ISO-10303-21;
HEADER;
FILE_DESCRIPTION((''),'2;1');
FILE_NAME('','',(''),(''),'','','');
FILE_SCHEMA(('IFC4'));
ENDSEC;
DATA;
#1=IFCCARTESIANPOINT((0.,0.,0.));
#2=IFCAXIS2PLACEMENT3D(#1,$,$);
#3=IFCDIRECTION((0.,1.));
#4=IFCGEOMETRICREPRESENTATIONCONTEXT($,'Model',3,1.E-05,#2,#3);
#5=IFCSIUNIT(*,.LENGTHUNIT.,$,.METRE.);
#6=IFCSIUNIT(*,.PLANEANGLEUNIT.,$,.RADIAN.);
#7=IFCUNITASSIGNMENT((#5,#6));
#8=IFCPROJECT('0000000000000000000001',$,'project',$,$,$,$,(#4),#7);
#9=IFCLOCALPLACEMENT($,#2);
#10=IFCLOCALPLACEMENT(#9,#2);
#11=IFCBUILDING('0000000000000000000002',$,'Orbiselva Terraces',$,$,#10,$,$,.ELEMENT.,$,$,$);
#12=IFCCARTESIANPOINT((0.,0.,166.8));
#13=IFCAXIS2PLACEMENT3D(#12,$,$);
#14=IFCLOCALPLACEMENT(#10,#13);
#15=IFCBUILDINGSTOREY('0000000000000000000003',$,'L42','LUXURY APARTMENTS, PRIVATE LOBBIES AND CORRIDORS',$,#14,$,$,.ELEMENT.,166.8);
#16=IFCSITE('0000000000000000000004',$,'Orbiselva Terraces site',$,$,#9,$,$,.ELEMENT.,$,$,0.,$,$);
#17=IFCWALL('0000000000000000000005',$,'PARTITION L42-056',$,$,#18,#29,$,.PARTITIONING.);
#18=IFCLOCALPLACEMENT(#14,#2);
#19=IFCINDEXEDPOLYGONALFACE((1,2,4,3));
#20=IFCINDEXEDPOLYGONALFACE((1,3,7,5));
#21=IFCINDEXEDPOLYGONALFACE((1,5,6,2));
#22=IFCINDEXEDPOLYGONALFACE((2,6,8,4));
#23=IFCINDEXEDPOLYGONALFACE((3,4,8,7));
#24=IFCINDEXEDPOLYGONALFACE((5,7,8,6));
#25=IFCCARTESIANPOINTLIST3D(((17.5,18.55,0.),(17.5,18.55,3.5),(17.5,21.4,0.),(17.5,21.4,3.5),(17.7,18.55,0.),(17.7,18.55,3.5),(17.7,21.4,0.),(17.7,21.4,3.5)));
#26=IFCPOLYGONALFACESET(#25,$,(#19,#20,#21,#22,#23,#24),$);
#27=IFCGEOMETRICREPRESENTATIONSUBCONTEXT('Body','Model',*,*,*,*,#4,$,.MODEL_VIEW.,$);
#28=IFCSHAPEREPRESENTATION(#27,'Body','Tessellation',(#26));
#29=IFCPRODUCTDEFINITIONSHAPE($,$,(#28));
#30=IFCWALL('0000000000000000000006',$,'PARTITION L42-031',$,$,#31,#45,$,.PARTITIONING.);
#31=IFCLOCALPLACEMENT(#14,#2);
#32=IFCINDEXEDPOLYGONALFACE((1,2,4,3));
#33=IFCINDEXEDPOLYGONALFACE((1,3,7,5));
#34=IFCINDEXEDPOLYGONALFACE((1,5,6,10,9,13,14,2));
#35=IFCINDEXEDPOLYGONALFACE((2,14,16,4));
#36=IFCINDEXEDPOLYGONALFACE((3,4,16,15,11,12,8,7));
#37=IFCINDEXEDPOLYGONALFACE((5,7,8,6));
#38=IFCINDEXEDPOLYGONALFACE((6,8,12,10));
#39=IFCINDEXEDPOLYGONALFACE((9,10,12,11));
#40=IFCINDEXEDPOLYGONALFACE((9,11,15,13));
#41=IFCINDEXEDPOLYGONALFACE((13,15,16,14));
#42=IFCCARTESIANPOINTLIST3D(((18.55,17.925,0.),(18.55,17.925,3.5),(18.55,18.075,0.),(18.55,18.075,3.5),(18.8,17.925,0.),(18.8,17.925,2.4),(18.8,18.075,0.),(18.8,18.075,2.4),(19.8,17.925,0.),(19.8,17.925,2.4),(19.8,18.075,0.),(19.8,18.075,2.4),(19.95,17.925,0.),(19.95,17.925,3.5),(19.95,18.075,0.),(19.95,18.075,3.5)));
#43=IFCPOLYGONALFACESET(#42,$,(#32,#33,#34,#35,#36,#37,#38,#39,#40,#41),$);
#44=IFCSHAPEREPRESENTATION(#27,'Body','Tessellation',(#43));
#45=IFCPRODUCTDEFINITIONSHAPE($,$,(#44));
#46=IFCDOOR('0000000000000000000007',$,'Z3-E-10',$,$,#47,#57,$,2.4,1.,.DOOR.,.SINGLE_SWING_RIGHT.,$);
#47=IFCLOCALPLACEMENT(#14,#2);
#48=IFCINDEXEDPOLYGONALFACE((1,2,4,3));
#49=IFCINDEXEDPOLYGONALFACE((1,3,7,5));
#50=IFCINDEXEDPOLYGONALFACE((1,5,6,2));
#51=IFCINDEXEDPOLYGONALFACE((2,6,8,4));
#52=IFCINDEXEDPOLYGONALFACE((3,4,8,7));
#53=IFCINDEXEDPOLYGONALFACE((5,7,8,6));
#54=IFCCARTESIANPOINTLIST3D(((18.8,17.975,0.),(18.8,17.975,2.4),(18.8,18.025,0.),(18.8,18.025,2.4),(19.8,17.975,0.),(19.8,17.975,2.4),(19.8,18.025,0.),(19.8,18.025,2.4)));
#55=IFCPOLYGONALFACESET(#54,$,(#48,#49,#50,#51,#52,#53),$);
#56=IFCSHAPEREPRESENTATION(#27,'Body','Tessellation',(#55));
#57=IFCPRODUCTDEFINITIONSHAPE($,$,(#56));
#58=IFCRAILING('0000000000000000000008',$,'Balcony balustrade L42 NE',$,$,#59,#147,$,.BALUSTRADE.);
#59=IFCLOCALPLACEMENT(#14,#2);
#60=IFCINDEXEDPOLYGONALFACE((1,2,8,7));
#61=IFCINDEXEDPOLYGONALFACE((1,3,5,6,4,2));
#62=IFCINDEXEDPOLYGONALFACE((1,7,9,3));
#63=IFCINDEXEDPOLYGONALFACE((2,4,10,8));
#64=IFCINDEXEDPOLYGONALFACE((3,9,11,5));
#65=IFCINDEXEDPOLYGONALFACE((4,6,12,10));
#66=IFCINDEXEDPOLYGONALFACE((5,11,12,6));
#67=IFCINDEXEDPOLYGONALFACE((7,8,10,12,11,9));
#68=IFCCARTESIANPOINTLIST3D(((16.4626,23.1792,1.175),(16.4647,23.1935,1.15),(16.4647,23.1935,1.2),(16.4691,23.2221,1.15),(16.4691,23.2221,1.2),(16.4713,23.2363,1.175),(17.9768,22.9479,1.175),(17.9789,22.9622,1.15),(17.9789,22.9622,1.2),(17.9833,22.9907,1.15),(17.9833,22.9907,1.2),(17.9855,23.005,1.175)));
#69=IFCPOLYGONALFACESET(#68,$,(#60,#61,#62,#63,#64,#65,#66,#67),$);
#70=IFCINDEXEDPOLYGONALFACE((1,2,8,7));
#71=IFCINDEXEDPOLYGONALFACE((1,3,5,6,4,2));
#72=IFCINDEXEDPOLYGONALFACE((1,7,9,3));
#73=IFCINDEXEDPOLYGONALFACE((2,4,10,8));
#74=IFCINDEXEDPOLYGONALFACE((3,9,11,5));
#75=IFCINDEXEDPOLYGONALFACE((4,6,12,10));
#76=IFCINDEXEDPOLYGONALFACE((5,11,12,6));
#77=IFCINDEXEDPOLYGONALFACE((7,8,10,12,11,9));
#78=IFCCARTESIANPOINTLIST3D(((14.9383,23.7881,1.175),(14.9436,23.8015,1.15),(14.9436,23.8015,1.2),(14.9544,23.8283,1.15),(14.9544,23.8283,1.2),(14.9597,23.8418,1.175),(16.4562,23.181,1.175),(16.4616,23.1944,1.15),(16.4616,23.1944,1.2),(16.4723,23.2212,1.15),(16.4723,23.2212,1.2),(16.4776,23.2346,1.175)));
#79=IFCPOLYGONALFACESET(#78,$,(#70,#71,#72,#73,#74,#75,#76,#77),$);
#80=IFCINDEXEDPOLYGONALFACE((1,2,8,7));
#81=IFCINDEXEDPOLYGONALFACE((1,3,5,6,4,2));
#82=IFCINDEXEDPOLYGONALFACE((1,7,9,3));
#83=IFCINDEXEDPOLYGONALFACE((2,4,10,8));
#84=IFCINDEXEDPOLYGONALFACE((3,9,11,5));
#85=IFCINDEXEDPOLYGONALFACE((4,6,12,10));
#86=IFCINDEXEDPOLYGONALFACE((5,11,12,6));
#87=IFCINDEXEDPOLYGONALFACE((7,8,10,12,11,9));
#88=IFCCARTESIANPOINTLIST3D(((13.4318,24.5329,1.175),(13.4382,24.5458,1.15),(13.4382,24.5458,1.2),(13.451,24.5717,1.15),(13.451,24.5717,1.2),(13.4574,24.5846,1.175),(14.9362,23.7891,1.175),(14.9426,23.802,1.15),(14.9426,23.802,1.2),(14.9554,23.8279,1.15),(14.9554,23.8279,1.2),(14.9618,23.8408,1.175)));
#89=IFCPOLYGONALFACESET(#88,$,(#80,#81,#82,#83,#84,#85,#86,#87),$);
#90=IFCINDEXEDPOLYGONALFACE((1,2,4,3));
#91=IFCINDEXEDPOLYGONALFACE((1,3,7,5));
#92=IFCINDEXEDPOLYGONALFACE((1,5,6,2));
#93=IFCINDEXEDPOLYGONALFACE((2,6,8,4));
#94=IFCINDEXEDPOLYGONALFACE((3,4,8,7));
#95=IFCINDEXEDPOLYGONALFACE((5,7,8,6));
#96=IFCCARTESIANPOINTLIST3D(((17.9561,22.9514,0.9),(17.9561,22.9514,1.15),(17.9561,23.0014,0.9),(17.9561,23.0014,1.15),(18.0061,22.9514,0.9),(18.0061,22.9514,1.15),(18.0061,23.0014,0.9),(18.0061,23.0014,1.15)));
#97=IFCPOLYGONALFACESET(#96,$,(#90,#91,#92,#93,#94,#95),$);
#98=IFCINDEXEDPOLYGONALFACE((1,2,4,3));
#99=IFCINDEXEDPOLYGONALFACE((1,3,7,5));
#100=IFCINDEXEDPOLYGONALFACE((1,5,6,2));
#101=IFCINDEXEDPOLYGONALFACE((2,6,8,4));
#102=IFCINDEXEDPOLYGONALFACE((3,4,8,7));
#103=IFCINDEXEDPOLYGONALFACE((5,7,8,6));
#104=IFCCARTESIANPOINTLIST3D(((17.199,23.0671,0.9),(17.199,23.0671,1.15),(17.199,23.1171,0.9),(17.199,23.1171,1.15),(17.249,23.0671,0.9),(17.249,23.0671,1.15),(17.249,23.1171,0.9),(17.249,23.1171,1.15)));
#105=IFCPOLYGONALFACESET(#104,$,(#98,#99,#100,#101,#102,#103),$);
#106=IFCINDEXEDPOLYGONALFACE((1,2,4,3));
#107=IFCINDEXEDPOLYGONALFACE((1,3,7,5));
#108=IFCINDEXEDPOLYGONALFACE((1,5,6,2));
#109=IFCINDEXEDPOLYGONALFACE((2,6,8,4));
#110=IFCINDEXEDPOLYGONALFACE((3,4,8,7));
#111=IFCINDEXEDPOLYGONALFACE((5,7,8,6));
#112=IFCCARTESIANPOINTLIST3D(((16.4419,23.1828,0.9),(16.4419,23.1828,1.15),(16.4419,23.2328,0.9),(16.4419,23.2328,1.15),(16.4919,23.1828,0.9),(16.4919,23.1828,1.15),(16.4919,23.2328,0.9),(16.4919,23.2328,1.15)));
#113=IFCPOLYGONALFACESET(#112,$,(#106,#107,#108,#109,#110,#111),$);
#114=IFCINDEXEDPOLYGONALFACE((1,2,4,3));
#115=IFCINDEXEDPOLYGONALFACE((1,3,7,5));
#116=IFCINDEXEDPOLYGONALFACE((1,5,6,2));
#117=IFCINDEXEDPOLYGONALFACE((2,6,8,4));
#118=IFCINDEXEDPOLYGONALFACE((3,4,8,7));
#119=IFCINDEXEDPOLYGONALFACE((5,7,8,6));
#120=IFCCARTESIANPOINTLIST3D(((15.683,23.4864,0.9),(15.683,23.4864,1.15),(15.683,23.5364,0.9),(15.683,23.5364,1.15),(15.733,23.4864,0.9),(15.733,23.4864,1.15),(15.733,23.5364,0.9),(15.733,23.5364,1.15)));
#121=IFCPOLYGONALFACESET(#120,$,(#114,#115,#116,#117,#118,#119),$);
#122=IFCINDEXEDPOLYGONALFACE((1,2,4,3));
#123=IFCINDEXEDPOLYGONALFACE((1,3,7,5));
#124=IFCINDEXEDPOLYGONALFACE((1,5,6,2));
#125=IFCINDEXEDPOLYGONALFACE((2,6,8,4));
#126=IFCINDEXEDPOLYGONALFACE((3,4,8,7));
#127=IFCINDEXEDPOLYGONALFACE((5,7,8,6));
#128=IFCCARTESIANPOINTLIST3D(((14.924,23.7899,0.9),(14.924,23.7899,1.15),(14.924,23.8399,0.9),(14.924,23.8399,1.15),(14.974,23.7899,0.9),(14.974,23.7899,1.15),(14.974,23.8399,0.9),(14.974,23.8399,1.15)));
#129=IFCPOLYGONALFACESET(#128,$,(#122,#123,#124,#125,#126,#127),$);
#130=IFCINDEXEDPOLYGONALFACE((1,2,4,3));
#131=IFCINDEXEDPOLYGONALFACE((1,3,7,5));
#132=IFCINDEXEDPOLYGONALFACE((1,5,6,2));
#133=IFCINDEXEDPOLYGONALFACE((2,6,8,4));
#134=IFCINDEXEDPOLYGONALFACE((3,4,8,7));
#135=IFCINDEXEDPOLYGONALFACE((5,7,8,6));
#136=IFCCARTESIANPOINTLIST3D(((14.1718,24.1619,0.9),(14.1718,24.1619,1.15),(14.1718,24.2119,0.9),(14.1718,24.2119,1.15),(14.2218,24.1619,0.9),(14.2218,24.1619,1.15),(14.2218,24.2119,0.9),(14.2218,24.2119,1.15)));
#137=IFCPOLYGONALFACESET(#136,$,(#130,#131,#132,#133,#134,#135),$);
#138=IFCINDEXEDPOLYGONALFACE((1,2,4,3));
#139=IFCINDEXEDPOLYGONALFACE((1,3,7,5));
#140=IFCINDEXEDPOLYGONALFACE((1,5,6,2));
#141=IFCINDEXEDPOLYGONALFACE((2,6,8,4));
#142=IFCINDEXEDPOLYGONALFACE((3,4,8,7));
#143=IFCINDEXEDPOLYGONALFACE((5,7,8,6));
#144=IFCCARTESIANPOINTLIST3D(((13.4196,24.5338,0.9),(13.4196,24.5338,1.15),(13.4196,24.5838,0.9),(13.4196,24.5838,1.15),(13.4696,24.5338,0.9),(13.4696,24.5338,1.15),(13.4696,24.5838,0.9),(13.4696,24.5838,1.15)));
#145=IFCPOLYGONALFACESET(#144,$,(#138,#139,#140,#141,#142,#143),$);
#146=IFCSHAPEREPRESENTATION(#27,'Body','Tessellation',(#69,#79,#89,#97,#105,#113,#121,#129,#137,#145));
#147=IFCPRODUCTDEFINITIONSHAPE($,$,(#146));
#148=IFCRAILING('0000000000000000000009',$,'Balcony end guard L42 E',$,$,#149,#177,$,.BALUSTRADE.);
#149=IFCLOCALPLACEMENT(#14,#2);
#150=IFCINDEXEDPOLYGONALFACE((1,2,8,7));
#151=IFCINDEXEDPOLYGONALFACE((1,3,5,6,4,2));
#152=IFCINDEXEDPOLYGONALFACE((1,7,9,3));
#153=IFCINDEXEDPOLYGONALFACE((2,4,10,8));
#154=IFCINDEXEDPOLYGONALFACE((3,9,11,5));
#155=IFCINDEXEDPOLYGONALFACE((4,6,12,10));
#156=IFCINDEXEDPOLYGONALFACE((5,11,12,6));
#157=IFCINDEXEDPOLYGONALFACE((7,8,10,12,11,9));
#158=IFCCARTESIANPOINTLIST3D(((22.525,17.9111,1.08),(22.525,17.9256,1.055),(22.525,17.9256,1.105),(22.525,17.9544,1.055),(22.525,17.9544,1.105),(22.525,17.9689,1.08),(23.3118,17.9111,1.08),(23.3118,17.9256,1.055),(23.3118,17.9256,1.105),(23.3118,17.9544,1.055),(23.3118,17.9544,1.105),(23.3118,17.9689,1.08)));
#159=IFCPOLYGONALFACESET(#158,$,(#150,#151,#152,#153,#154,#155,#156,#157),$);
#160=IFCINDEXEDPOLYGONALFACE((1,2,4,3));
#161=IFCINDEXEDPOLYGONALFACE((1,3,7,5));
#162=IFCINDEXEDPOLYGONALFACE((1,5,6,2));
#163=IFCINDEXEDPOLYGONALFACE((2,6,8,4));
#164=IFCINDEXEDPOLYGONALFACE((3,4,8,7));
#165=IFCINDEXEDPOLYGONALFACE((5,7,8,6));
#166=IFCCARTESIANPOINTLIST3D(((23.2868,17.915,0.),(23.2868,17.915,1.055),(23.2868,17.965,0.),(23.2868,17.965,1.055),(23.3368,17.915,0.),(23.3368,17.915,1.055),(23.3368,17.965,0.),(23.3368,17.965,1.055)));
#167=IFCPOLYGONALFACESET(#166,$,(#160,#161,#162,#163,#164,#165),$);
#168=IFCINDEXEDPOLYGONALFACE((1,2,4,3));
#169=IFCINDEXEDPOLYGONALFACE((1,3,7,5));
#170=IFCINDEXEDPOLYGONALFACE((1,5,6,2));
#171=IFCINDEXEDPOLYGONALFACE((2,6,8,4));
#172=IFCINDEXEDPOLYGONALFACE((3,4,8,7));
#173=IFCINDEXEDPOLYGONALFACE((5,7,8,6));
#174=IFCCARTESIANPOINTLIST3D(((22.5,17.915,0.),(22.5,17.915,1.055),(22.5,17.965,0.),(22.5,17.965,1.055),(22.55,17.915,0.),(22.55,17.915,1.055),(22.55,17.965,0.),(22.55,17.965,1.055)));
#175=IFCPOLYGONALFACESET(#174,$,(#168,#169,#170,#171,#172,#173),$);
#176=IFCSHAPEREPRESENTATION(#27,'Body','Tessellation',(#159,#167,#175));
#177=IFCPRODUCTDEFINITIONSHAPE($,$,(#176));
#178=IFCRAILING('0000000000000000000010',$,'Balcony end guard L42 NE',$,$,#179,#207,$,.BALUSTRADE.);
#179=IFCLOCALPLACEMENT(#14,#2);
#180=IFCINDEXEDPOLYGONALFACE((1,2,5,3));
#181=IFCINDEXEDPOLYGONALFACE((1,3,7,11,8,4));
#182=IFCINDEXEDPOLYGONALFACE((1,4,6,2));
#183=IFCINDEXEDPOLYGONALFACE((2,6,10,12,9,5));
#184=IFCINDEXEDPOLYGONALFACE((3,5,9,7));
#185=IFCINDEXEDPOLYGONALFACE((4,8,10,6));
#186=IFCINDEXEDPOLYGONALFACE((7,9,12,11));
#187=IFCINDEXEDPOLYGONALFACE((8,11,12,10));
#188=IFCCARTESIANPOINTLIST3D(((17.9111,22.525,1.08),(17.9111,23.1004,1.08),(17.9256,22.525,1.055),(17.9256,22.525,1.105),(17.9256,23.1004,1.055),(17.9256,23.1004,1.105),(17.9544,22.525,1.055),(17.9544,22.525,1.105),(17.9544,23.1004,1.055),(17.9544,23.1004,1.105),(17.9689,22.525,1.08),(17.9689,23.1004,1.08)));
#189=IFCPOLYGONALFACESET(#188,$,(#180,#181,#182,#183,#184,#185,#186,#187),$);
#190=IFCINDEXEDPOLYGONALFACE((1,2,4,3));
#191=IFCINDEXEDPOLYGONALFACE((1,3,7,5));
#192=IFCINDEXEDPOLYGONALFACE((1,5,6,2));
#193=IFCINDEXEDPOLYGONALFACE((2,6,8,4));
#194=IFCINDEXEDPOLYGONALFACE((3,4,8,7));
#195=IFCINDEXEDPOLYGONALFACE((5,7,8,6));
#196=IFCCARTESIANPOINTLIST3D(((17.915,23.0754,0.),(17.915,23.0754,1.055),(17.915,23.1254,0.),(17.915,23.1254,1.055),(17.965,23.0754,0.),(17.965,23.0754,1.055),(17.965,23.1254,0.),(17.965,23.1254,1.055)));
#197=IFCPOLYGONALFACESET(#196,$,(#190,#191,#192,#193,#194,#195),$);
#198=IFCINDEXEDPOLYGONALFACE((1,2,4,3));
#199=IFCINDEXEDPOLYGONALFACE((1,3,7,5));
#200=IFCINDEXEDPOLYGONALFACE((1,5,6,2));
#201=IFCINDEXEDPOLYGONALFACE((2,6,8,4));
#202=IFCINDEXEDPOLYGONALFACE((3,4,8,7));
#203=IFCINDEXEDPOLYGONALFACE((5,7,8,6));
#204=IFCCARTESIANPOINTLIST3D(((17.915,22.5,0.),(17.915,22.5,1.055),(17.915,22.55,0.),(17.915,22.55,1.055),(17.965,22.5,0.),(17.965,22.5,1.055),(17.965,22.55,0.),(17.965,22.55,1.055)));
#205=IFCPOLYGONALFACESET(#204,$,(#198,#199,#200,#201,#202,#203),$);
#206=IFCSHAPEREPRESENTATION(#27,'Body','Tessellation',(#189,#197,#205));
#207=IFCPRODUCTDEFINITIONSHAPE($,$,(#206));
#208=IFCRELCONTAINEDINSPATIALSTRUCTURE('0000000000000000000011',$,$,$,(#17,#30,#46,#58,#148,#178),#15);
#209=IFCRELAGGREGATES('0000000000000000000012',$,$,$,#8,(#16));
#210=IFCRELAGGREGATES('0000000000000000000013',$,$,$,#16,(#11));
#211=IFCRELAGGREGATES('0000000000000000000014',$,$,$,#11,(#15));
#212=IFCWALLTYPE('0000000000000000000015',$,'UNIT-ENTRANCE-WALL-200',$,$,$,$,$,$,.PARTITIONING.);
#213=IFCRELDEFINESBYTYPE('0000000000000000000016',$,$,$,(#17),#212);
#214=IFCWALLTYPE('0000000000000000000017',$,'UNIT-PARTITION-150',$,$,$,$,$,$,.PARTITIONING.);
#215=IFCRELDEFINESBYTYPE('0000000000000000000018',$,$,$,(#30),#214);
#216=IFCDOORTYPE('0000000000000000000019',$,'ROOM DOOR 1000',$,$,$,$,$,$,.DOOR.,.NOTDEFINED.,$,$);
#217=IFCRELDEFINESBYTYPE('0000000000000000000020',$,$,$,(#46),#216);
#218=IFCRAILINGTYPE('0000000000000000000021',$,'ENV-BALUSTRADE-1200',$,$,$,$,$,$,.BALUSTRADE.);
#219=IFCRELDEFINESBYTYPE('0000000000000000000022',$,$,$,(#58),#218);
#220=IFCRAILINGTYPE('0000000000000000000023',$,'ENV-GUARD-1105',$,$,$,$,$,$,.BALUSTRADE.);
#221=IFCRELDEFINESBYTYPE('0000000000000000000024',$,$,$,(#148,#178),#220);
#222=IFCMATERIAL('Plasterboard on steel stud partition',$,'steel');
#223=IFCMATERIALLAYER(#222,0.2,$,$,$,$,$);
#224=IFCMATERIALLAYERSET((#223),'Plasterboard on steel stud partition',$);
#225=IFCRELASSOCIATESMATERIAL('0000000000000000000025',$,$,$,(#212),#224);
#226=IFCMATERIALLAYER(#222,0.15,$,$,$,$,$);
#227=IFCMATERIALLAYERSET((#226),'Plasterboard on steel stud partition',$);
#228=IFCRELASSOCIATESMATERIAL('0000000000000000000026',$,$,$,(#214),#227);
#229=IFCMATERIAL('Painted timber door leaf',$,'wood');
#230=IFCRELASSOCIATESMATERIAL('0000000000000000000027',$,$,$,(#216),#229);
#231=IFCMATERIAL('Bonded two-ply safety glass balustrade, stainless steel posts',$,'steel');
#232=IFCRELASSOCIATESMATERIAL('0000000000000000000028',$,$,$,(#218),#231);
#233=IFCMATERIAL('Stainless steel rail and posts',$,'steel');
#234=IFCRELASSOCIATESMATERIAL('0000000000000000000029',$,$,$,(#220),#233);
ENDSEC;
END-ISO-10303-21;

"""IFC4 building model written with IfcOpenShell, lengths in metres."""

from ifc_helpers import new_model, si_unit, direction, frame, frame_2d, origin, origin_2d, place, context, subcontext, project, spatial, polyline, rectangle, outline, extrude, material, layer, layer_set, type_object, element, fill, save


model = new_model("IFC4")

# Units and contexts
model_context = context("Model", 3, precision=1e-05, world=origin(), true_north=direction((0.0, 1.0)))
body_context = subcontext(model_context, "Body", "Model", "MODEL_VIEW")
ifc_project = project(units=[si_unit("LENGTHUNIT", "METRE"), si_unit("PLANEANGLEUNIT", "RADIAN")], contexts=[model_context])

# Site, building, storey
site_placement = place(None, origin())
site = spatial("IfcSite", under=ifc_project, at=site_placement, Name="Orbiselva Terraces site", CompositionType="ELEMENT", RefElevation=0.0)
building_placement = place(site_placement, origin())
building = spatial("IfcBuilding", under=site, at=building_placement, Name="Orbiselva Terraces", CompositionType="ELEMENT")
storey_placement = place(building_placement, frame((0.0, 0.0, 166.8)))
storey = spatial("IfcBuildingStorey", under=building, at=storey_placement, Name="L42", Description="LUXURY APARTMENTS, PRIVATE LOBBIES AND CORRIDORS", CompositionType="ELEMENT", Elevation=166.8)

# Wall
ifc_material_1 = material(Name="Plasterboard on steel stud partition", Category="steel")
ifc_layer_1 = layer(ifc_material_1, 0.2)
ifc_layer_set_1 = layer_set([ifc_layer_1], Name="Plasterboard on steel stud partition")
wall_type_1 = type_object("IfcWallType", Name="UNIT-ENTRANCE-WALL-200", PredefinedType="PARTITIONING", material=ifc_layer_set_1)
wall_1_placement = place(storey_placement, frame((17.6, 18.55, 0.0), z_axis=(0.0, 0.0, 1.0), x_axis=(0.0, 1.0, 0.0)))
element("IfcWall", 1, at=wall_1_placement, inside=storey, type_object=wall_type_1, Name="PARTITION L42-056", PredefinedType="PARTITIONING", context=body_context, shape_type="SweptSolid", body=[
    extrude(rectangle(XDim=2.85, YDim=0.2, at=frame_2d((1.425, 0.0))), origin(), (0.0, 0.0, 1.0), 3.5),
])

# Wall, opening, door
ifc_layer_2 = layer(ifc_material_1, 0.15)
ifc_layer_set_2 = layer_set([ifc_layer_2], Name="Plasterboard on steel stud partition")
wall_type_2 = type_object("IfcWallType", Name="UNIT-PARTITION-150", PredefinedType="PARTITIONING", material=ifc_layer_set_2)
wall_2_placement = place(storey_placement, frame((18.55, 18.0, 0.0), z_axis=(0.0, 0.0, 1.0), x_axis=(1.0, 0.0, 0.0)))
wall_2 = element("IfcWall", 2, at=wall_2_placement, inside=storey, type_object=wall_type_2, Name="PARTITION L42-031", PredefinedType="PARTITIONING", context=body_context, shape_type="SweptSolid", body=[
    extrude(rectangle(XDim=1.4, YDim=0.15, at=frame_2d((0.7, 0.0))), origin(), (0.0, 0.0, 1.0), 3.5),
])
opening_1_placement = place(wall_2_placement, frame((0.25, 0.0, 0.0)))
opening_1 = element("IfcOpeningElement", 3, at=opening_1_placement, cuts=wall_2, PredefinedType="OPENING", context=body_context, shape_type="SweptSolid", body=[
    extrude(rectangle(XDim=1.0, YDim=2.4, at=frame_2d((0.5, 1.2))), frame((0.0, 0.085, 0.0), z_axis=(0.0, -1.0, 0.0), x_axis=(1.0, 0.0, 0.0)), (0.0, 0.0, 1.0), 0.17),
])
ifc_material_2 = material(Name="Painted timber door leaf", Category="wood")
door_type_1 = type_object("IfcDoorType", Name="ROOM DOOR 1000", OperationType="NOTDEFINED", PredefinedType="DOOR", material=ifc_material_2)
door_1_placement = place(opening_1_placement, origin())
door_1 = element("IfcDoor", 4, at=door_1_placement, inside=storey, type_object=door_type_1, Name="Z3-E-10", OperationType="SINGLE_SWING_RIGHT", OverallHeight=2.4, OverallWidth=1.0, PredefinedType="DOOR", context=body_context, shape_type="SweptSolid", body=[
    extrude(rectangle(XDim=1.0, YDim=2.4, at=frame_2d((0.5, 1.2))), frame((0.0, 0.025, 0.0), z_axis=(0.0, -1.0, 0.0), x_axis=(1.0, 0.0, 0.0)), (0.0, 0.0, 1.0), 0.05),
])
fill(opening_1, door_1)

# Railings
ifc_material_3 = material(Name="Bonded two-ply safety glass balustrade, stainless steel posts", Category="steel")
railing_type_1 = type_object("IfcRailingType", Name="ENV-BALUSTRADE-1200", PredefinedType="BALUSTRADE", material=ifc_material_3)
railing_1_placement = place(storey_placement, frame((17.9811, 22.9764, 0.9)))
element("IfcRailing", 5, at=railing_1_placement, inside=storey, type_object=railing_type_1, Name="Balcony balustrade L42 NE", PredefinedType="BALUSTRADE", context=body_context, shape_type="SweptSolid", body=[
    extrude(outline(polyline([(0.0289, 0.0), (0.0144, 0.025), (-0.0144, 0.025), (-0.0289, 0.0), (-0.0144, -0.025), (0.0144, -0.025), (0.0289, 0.0)])), frame((0.0, 0.0, 0.275), z_axis=(-0.988529, 0.151034, 0.0), x_axis=(-0.151034, -0.988529, 0.0)), (0.0, 0.0, 1.0), 1.5318),
    extrude(outline(polyline([(0.0289, 0.0), (0.0144, 0.025), (-0.0144, 0.025), (-0.0289, 0.0), (-0.0144, -0.025), (0.0144, -0.025), (0.0289, 0.0)])), frame((-1.5142, 0.2314, 0.275), z_axis=(-0.928477, 0.37139, 0.0), x_axis=(-0.37139, -0.928477, 0.0)), (0.0, 0.0, 1.0), 1.6348),
    extrude(outline(polyline([(0.0289, 0.0), (0.0144, 0.025), (-0.0144, 0.025), (-0.0289, 0.0), (-0.0144, -0.025), (0.0144, -0.025), (0.0289, 0.0)])), frame((-3.0321, 0.8385, 0.275), z_axis=(-0.896417, 0.443213, 0.0), x_axis=(-0.443213, -0.896417, 0.0)), (0.0, 0.0, 1.0), 1.6782),
    extrude(rectangle(XDim=0.05, YDim=0.05, at=origin_2d()), origin(), (0.0, 0.0, 1.0), 0.25),
    extrude(rectangle(XDim=0.05, YDim=0.05, at=origin_2d()), frame((-0.7571, 0.1157, 0.0)), (0.0, 0.0, 1.0), 0.25),
    extrude(rectangle(XDim=0.05, YDim=0.05, at=origin_2d()), frame((-1.5142, 0.2314, 0.0)), (0.0, 0.0, 1.0), 0.25),
    extrude(rectangle(XDim=0.05, YDim=0.05, at=origin_2d()), frame((-2.2732, 0.5349, 0.0)), (0.0, 0.0, 1.0), 0.25),
    extrude(rectangle(XDim=0.05, YDim=0.05, at=origin_2d()), frame((-3.0321, 0.8385, 0.0)), (0.0, 0.0, 1.0), 0.25),
    extrude(rectangle(XDim=0.05, YDim=0.05, at=origin_2d()), frame((-3.7843, 1.2104, 0.0)), (0.0, 0.0, 1.0), 0.25),
    extrude(rectangle(XDim=0.05, YDim=0.05, at=origin_2d()), frame((-4.5365, 1.5823, 0.0)), (0.0, 0.0, 1.0), 0.25),
])
ifc_material_4 = material(Name="Stainless steel rail and posts", Category="steel")
railing_type_2 = type_object("IfcRailingType", Name="ENV-GUARD-1105", PredefinedType="BALUSTRADE", material=ifc_material_4)
railing_2_placement = place(storey_placement, frame((23.3118, 17.94, 0.0)))
element("IfcRailing", 6, at=railing_2_placement, inside=storey, type_object=railing_type_2, Name="Balcony end guard L42 E", PredefinedType="BALUSTRADE", context=body_context, shape_type="SweptSolid", body=[
    extrude(outline(polyline([(0.0289, 0.0), (0.0144, 0.025), (-0.0144, 0.025), (-0.0289, 0.0), (-0.0144, -0.025), (0.0144, -0.025), (0.0289, 0.0)])), frame((0.0, 0.0, 1.08), z_axis=(-1.0, 0.0, 0.0), x_axis=(0.0, -1.0, 0.0)), (0.0, 0.0, 1.0), 0.7868),
    extrude(rectangle(XDim=0.05, YDim=0.05, at=origin_2d()), origin(), (0.0, 0.0, 1.0), 1.055),
    extrude(rectangle(XDim=0.05, YDim=0.05, at=origin_2d()), frame((-0.7868, 0.0, 0.0)), (0.0, 0.0, 1.0), 1.055),
])
railing_3_placement = place(storey_placement, frame((17.94, 23.1004, 0.0)))
element("IfcRailing", 7, at=railing_3_placement, inside=storey, type_object=railing_type_2, Name="Balcony end guard L42 NE", PredefinedType="BALUSTRADE", context=body_context, shape_type="SweptSolid", body=[
    extrude(outline(polyline([(0.0289, 0.0), (0.0144, 0.025), (-0.0144, 0.025), (-0.0289, 0.0), (-0.0144, -0.025), (0.0144, -0.025), (0.0289, 0.0)])), frame((0.0, 0.0, 1.08), z_axis=(0.0, -1.0, 0.0), x_axis=(1.0, 0.0, 0.0)), (0.0, 0.0, 1.0), 0.5754),
    extrude(rectangle(XDim=0.05, YDim=0.05, at=origin_2d()), origin(), (0.0, 0.0, 1.0), 1.055),
    extrude(rectangle(XDim=0.05, YDim=0.05, at=origin_2d()), frame((0.0, -0.5754, 0.0)), (0.0, 0.0, 1.0), 1.055),
])

save(model, "model.ifc")
